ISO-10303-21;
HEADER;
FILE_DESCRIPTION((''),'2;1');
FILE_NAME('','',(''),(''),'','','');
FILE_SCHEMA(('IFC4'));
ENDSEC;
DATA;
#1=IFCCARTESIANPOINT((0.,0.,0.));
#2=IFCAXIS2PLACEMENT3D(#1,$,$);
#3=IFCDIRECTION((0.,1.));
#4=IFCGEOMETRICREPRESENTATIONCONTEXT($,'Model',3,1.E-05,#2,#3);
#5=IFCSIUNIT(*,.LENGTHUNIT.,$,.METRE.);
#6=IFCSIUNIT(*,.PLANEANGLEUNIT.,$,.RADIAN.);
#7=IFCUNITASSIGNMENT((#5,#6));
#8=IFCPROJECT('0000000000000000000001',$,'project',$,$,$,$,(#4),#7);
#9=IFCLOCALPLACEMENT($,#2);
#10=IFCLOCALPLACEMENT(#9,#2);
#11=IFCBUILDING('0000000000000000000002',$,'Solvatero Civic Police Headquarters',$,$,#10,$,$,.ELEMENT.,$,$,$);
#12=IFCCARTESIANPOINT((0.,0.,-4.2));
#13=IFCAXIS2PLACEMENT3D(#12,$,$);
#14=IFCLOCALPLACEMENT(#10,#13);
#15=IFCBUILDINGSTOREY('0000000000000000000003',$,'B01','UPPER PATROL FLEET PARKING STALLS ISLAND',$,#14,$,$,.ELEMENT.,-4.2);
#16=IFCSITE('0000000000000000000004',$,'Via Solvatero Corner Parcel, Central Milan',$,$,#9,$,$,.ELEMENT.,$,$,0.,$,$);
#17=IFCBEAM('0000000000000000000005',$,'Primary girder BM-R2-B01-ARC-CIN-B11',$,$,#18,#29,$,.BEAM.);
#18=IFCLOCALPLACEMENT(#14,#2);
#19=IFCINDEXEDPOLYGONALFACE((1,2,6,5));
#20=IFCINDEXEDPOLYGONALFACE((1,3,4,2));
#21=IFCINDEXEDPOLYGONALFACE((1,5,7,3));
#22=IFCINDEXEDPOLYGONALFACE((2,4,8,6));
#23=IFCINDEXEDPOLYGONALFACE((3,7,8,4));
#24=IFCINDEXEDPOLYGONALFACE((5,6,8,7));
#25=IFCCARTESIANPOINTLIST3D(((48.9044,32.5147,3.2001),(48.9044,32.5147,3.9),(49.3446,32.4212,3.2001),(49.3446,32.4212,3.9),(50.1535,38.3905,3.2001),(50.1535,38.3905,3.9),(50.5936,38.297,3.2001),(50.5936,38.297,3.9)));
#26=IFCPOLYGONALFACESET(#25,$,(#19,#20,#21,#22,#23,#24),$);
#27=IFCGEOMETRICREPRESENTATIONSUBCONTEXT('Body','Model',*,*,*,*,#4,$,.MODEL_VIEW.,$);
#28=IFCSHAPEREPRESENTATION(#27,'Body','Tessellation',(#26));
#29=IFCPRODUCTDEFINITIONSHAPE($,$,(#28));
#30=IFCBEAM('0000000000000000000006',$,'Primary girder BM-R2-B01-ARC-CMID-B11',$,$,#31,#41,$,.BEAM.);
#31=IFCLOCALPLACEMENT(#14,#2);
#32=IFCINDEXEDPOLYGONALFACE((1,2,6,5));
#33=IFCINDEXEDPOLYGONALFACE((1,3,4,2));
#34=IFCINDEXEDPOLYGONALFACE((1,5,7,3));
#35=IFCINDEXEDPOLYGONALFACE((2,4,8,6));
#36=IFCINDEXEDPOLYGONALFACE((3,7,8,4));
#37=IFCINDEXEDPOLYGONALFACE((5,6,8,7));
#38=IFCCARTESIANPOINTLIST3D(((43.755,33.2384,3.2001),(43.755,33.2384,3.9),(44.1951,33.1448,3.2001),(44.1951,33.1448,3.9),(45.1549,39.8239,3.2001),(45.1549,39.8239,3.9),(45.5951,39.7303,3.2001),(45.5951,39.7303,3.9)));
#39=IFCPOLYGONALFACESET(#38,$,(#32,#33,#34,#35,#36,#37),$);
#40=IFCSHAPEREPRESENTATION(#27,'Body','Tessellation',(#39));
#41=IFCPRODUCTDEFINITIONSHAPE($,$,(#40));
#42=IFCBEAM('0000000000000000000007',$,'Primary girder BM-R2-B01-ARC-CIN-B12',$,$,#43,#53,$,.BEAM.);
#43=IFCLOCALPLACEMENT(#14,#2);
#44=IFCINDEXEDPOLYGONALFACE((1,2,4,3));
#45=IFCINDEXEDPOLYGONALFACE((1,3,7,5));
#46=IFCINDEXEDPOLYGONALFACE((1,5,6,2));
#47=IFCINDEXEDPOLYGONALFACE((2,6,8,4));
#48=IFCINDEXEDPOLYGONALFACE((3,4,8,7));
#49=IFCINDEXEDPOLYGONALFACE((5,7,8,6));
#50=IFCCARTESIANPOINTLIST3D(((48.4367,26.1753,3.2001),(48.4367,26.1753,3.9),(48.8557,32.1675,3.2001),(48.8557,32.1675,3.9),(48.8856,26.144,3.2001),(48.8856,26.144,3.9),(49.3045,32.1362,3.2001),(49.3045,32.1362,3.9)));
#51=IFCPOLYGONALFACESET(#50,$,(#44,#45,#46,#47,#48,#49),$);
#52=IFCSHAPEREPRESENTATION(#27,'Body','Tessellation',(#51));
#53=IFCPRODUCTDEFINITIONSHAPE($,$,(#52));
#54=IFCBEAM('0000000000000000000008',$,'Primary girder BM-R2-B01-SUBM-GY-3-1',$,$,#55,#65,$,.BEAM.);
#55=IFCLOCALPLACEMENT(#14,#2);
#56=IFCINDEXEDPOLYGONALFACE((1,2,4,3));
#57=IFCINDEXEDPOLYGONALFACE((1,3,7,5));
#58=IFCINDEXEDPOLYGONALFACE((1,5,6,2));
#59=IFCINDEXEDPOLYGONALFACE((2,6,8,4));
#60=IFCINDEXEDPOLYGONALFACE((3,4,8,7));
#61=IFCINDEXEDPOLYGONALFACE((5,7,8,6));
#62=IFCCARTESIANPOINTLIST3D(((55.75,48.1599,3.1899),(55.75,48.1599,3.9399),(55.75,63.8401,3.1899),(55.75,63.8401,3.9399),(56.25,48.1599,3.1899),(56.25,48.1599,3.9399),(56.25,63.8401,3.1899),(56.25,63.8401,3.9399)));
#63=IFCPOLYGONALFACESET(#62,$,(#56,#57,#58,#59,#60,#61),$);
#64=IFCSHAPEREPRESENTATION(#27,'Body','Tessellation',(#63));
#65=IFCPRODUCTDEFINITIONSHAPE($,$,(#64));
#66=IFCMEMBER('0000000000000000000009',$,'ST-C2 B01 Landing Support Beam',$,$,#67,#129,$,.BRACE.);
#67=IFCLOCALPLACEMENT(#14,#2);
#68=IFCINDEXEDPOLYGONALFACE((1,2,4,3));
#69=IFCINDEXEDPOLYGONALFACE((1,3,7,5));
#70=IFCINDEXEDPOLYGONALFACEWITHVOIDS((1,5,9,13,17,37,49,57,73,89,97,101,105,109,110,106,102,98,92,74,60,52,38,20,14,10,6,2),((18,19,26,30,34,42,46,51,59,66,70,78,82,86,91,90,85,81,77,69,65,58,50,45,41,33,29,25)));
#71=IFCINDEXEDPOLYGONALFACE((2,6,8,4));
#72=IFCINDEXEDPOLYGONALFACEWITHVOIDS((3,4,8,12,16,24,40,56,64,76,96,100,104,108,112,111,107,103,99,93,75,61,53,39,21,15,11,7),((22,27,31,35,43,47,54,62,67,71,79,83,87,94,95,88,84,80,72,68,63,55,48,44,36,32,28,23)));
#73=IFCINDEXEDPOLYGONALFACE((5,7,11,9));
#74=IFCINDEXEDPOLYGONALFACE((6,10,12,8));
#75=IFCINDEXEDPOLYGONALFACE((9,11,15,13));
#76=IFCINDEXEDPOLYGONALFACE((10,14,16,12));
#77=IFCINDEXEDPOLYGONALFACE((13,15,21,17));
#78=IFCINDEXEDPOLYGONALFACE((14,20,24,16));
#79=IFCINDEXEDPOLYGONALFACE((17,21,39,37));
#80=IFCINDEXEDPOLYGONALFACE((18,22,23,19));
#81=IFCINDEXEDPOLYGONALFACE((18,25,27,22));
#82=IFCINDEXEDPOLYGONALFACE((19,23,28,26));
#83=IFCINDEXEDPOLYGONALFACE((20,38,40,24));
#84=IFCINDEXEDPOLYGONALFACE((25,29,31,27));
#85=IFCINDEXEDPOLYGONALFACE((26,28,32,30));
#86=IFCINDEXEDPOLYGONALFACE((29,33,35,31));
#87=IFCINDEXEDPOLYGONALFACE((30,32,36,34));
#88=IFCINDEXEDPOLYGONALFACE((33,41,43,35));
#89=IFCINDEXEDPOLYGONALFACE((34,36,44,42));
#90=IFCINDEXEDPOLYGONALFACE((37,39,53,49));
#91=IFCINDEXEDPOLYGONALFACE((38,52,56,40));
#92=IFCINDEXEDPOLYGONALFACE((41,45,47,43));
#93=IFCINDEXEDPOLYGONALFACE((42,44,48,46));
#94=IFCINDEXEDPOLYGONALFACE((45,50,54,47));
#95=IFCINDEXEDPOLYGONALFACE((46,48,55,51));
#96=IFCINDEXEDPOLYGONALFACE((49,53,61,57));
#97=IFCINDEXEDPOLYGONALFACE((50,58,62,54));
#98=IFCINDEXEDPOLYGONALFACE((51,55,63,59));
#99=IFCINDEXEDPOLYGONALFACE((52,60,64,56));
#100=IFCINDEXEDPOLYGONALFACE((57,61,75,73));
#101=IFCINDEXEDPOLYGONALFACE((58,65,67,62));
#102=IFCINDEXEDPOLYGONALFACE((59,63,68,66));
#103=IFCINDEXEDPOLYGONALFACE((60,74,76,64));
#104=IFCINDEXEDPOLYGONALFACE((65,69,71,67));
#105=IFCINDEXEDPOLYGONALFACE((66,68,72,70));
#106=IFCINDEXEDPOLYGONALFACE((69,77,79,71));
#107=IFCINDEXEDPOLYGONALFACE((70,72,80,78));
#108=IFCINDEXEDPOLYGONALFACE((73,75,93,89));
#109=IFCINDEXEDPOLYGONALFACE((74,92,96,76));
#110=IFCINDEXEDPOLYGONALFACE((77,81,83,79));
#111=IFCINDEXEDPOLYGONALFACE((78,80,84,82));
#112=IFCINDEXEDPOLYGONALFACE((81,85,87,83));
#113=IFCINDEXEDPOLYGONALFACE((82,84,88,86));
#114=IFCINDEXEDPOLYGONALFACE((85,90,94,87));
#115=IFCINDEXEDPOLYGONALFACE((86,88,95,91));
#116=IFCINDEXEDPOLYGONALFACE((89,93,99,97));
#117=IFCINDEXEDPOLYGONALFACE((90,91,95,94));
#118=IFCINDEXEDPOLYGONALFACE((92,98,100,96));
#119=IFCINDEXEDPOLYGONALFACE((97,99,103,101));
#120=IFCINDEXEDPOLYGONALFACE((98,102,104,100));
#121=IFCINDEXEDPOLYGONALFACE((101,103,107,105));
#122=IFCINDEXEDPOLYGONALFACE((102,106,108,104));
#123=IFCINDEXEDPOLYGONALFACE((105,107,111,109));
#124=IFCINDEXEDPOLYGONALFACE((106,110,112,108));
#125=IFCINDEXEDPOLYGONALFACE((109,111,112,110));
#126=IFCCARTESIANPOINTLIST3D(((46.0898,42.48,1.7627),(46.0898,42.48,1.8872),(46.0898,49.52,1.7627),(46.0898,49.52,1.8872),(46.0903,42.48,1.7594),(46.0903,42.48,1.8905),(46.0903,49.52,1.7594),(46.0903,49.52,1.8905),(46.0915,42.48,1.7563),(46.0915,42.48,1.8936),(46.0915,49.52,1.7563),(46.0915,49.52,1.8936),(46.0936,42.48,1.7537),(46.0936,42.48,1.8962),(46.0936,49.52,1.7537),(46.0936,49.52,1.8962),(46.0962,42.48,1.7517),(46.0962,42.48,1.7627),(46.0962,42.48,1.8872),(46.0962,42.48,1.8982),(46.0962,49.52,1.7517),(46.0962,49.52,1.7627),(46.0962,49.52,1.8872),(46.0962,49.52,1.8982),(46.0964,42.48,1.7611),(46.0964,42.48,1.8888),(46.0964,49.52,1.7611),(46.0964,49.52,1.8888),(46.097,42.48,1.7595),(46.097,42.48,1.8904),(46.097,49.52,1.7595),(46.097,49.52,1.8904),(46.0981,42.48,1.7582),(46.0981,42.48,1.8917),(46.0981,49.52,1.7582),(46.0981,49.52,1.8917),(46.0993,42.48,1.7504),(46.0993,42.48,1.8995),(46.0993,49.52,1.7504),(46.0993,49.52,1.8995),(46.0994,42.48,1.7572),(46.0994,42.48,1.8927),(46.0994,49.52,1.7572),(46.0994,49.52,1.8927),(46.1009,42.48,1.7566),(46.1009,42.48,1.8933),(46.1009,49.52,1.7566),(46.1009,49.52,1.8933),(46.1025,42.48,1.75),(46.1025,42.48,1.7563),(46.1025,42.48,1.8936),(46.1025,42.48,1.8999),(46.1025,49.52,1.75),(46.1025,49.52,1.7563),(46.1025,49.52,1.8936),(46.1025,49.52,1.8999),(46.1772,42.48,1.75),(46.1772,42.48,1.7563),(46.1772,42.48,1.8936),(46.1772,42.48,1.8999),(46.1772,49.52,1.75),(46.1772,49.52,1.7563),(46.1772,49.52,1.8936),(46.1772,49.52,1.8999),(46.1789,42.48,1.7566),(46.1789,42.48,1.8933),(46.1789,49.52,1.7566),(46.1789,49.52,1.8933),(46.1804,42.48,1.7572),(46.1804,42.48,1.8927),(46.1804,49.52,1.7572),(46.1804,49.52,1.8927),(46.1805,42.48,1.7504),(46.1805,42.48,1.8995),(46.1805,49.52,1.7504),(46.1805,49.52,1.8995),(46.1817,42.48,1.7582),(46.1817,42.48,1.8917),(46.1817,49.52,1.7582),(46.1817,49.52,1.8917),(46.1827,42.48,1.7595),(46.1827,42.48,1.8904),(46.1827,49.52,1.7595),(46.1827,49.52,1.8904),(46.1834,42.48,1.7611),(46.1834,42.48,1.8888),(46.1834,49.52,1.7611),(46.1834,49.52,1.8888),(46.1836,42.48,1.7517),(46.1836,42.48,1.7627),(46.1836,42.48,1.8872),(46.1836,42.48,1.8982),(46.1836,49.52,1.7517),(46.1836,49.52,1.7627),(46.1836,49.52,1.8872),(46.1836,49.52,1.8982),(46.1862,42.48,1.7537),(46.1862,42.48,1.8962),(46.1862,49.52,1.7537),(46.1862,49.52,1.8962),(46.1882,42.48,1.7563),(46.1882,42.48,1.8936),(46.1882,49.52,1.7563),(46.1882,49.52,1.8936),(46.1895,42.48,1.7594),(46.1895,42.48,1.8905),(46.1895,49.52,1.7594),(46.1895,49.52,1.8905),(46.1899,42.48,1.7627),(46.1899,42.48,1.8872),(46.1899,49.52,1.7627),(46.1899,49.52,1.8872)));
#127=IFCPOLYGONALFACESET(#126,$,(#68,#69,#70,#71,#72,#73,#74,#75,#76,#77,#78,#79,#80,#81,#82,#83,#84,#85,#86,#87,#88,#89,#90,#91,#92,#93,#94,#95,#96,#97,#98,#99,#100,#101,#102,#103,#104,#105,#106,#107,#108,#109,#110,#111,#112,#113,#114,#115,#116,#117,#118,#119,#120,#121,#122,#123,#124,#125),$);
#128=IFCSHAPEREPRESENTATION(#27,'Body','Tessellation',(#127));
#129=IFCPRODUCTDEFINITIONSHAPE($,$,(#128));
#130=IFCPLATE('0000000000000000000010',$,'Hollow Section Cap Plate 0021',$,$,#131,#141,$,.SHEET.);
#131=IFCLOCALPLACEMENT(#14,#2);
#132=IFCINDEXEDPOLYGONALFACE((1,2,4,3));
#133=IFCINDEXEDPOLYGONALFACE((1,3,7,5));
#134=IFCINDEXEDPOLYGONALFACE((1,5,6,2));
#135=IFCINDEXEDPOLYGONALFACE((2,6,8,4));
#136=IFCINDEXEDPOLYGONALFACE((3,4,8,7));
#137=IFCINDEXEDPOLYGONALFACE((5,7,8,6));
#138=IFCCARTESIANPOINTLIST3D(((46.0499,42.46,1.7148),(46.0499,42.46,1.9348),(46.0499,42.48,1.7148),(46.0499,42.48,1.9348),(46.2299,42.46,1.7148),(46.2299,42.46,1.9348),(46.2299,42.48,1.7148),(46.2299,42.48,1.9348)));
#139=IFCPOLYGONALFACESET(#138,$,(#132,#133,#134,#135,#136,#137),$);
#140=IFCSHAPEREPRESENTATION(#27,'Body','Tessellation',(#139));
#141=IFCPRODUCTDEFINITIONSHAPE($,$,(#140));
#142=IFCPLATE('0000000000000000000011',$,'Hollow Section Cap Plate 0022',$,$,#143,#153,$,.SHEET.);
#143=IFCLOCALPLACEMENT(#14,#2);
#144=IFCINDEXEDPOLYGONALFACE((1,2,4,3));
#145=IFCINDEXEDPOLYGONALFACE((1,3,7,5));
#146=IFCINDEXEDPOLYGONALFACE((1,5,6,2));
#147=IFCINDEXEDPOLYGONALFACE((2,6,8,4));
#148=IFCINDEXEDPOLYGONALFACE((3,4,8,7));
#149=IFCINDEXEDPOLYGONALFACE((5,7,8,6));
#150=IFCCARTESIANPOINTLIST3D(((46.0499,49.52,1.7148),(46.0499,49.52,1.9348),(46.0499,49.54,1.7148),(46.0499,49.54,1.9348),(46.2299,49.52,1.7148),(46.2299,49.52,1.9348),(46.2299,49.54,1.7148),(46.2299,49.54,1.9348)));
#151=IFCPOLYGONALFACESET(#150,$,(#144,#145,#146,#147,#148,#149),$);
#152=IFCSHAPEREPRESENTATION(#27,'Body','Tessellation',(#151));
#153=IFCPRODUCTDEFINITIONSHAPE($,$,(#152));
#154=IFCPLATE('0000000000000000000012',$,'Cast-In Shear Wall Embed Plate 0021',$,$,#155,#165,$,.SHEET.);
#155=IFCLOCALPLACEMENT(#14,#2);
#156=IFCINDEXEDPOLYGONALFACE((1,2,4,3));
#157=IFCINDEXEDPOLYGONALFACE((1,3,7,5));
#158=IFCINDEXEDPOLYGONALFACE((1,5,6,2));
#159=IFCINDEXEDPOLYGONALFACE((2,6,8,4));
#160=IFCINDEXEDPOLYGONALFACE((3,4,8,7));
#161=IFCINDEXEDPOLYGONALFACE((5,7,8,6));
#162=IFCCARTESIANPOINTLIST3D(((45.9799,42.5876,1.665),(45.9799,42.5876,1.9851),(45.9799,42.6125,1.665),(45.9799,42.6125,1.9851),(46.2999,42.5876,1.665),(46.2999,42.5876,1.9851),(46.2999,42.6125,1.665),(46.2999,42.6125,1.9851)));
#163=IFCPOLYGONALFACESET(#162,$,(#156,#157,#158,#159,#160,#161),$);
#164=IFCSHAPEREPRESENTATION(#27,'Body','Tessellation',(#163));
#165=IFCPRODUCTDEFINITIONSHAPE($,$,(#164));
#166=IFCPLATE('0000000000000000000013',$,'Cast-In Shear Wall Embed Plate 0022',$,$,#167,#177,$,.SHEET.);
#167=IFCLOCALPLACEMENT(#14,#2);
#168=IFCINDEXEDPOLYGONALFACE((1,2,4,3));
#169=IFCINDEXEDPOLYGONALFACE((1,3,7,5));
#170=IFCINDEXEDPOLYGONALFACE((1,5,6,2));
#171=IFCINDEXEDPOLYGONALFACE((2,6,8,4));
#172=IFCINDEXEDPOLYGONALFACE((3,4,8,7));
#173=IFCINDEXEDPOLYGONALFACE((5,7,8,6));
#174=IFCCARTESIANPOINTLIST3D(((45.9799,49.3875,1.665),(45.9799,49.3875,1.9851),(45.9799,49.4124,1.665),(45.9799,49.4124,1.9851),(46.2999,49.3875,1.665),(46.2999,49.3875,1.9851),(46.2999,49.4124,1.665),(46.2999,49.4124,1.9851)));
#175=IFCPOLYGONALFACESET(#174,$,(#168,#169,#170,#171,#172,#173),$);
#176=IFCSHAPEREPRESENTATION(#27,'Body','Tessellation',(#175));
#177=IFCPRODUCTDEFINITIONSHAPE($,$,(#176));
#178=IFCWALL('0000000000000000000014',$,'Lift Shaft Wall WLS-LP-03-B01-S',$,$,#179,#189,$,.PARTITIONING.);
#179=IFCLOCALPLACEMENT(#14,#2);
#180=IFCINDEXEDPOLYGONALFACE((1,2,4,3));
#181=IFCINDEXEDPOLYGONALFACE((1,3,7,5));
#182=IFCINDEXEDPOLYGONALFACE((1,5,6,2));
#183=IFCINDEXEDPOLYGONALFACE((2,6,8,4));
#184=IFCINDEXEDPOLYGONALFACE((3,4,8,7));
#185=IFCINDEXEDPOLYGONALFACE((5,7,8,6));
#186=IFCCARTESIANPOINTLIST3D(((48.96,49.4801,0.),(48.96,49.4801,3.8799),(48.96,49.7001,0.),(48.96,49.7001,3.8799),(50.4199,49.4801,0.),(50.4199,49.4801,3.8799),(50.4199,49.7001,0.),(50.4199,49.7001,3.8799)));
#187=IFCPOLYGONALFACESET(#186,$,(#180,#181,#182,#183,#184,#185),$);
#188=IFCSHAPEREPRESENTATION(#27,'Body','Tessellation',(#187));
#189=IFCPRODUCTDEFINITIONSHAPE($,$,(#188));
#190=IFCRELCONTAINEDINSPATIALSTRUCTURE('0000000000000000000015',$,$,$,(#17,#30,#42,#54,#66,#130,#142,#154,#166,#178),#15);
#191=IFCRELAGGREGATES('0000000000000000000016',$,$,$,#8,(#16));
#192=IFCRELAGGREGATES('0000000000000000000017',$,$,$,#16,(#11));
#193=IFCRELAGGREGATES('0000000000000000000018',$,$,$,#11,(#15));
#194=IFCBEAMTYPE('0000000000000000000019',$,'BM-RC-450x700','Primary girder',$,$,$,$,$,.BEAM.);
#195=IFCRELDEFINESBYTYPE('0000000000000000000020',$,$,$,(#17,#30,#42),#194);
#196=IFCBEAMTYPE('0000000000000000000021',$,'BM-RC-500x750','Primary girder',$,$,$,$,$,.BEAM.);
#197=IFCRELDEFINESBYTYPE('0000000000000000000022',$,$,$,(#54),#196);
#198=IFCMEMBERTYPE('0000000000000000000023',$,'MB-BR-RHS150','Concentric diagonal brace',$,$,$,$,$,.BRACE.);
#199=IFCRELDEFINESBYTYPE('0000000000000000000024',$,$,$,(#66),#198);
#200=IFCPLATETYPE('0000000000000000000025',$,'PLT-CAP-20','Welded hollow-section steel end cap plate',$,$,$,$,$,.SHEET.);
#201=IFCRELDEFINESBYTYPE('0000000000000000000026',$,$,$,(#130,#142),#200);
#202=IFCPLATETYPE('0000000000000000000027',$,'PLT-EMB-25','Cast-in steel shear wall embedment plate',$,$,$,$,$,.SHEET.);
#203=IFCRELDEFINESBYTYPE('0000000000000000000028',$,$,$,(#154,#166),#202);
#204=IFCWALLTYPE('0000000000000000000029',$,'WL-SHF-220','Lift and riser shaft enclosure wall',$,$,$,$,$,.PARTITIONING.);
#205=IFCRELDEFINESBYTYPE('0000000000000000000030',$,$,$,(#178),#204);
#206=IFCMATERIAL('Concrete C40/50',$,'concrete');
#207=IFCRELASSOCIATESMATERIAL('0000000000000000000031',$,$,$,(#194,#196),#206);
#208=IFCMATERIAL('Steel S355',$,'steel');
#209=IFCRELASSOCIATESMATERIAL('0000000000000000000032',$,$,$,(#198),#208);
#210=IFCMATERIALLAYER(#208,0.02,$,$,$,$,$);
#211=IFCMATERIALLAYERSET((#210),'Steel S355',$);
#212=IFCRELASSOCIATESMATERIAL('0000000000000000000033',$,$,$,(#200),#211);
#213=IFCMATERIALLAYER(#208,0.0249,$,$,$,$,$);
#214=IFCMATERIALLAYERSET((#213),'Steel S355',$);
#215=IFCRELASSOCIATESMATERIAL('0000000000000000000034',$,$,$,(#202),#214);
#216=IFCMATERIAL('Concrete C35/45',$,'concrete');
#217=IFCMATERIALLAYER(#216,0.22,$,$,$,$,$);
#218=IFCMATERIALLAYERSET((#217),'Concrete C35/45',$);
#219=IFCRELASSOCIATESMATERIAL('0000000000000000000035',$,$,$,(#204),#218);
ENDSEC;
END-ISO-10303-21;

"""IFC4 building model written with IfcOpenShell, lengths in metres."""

from ifc_helpers import new_model, si_unit, direction, frame, frame_2d, origin, origin_2d, place, context, subcontext, project, spatial, rectangle, hollow_rectangle, extrude, material, layer, layer_set, material_profile, profile_set, type_object, element, save


model = new_model("IFC4")

# Units and contexts
model_context = context("Model", 3, precision=1e-05, world=origin(), true_north=direction((0.0, 1.0)))
body_context = subcontext(model_context, "Body", "Model", "MODEL_VIEW")
ifc_project = project(units=[si_unit("LENGTHUNIT", "METRE"), si_unit("PLANEANGLEUNIT", "RADIAN")], contexts=[model_context])

# Site, building, storey
site_placement = place(None, origin())
site = spatial("IfcSite", under=ifc_project, at=site_placement, Name="Via Solvatero Corner Parcel, Central Milan", CompositionType="ELEMENT", RefElevation=0.0)
building_placement = place(site_placement, origin())
building = spatial("IfcBuilding", under=site, at=building_placement, Name="Solvatero Civic Police Headquarters", CompositionType="ELEMENT")
storey_placement = place(building_placement, frame((0.0, 0.0, -4.2)))
storey = spatial("IfcBuildingStorey", under=building, at=storey_placement, Name="B01", Description="UPPER PATROL FLEET PARKING STALLS ISLAND", CompositionType="ELEMENT", Elevation=-4.2)

# Shared definitions
ifc_material_1 = material(Name="Concrete C40/50", Category="concrete")

# Beams
ifc_material_profile_1 = material_profile(ifc_material_1, rectangle(XDim=0.45, YDim=0.7, at=origin_2d()), Name="RC 450x700")
ifc_profile_set_1 = profile_set([ifc_material_profile_1], Name="Concrete C40/50")
beam_type_1 = type_object("IfcBeamType", Name="BM-RC-450x700", Description="Primary girder", PredefinedType="BEAM", material=ifc_profile_set_1)
beam_1_placement = place(storey_placement, frame((50.3735, 38.3438, 3.55), z_axis=(-0.207927, -0.978144, 0.0), x_axis=(0.978144, -0.207927, 0.0)))
element("IfcBeam", 1, at=beam_1_placement, inside=storey, type_object=beam_type_1, Name="Primary girder BM-R2-B01-ARC-CIN-B11", PredefinedType="BEAM", context=body_context, shape_type="SweptSolid", body=[
    extrude(rectangle(XDim=0.45, YDim=0.7, at=origin_2d()), origin(), (0.0, 0.0, 1.0), 6.0071),
])
beam_2_placement = place(storey_placement, frame((45.375, 39.7771, 3.55), z_axis=(-0.207929, -0.978144, 0.0), x_axis=(0.978144, -0.207929, 0.0)))
element("IfcBeam", 2, at=beam_2_placement, inside=storey, type_object=beam_type_1, Name="Primary girder BM-R2-B01-ARC-CMID-B11", PredefinedType="BEAM", context=body_context, shape_type="SweptSolid", body=[
    extrude(rectangle(XDim=0.45, YDim=0.7, at=origin_2d()), origin(), (0.0, 0.0, 1.0), 6.7327),
])
beam_3_placement = place(storey_placement, frame((49.0801, 32.1519, 3.55), z_axis=(-0.069745, -0.997565, 0.0), x_axis=(0.997565, -0.069745, 0.0)))
element("IfcBeam", 3, at=beam_3_placement, inside=storey, type_object=beam_type_1, Name="Primary girder BM-R2-B01-ARC-CIN-B12", PredefinedType="BEAM", context=body_context, shape_type="SweptSolid", body=[
    extrude(rectangle(XDim=0.45, YDim=0.7, at=origin_2d()), origin(), (0.0, 0.0, 1.0), 6.0068),
])
ifc_material_profile_2 = material_profile(ifc_material_1, rectangle(XDim=0.5, YDim=0.75, at=origin_2d()), Name="RC 500x750")
ifc_profile_set_2 = profile_set([ifc_material_profile_2], Name="Concrete C40/50")
beam_type_2 = type_object("IfcBeamType", Name="BM-RC-500x750", Description="Primary girder", PredefinedType="BEAM", material=ifc_profile_set_2)
beam_4_placement = place(storey_placement, frame((56.0, 48.1599, 3.5649), z_axis=(0.0, 1.0, 0.0), x_axis=(-1.0, 0.0, 0.0)))
element("IfcBeam", 4, at=beam_4_placement, inside=storey, type_object=beam_type_2, Name="Primary girder BM-R2-B01-SUBM-GY-3-1", PredefinedType="BEAM", context=body_context, shape_type="SweptSolid", body=[
    extrude(rectangle(XDim=0.5, YDim=0.75, at=origin_2d()), origin(), (0.0, 0.0, 1.0), 15.6802),
])

# Member
ifc_material_2 = material(Name="Steel S355", Category="steel")
ifc_material_profile_3 = material_profile(ifc_material_2, hollow_rectangle(XDim=0.1001, YDim=0.1499, WallThickness=0.0063, InnerFilletRadius=0.0063, OuterFilletRadius=0.0127, at=origin_2d()), Name="RHS 150x100x6.3")
ifc_profile_set_3 = profile_set([ifc_material_profile_3], Name="Steel S355")
member_type = type_object("IfcMemberType", Name="MB-BR-RHS150", Description="Concentric diagonal brace", PredefinedType="BRACE", material=ifc_profile_set_3)
member_placement = place(storey_placement, frame((46.1399, 42.48, 1.825), z_axis=(0.0, 1.0, 0.0), x_axis=(-1.0, 0.0, 0.0)))
element("IfcMember", 5, at=member_placement, inside=storey, type_object=member_type, Name="ST-C2 B01 Landing Support Beam", PredefinedType="BRACE", context=body_context, shape_type="SweptSolid", body=[
    extrude(hollow_rectangle(XDim=0.1001, YDim=0.1499, WallThickness=0.0063, InnerFilletRadius=0.0063, OuterFilletRadius=0.0127, at=origin_2d()), origin(), (0.0, 0.0, 1.0), 7.04),
])

# Plates
ifc_layer_1 = layer(ifc_material_2, 0.02)
ifc_layer_set_1 = layer_set([ifc_layer_1], Name="Steel S355")
plate_type_1 = type_object("IfcPlateType", Name="PLT-CAP-20", Description="Welded hollow-section steel end cap plate", PredefinedType="SHEET", material=ifc_layer_set_1)
for number, where, z_axis, x_axis, name in (
    (6, (46.1399, 42.47, 1.7148), (0.0, 0.0, 1.0), (1.0, 0.0, 0.0), "Hollow Section Cap Plate 0021"),
    (7, (46.1399, 49.53, 1.7148), (0.0, 0.0, 1.0), (1.0, 0.0, 0.0), "Hollow Section Cap Plate 0022"),
):
    element("IfcPlate", number, at=place(storey_placement, frame(where, z_axis=z_axis, x_axis=x_axis)), inside=storey, type_object=plate_type_1, Name=name, PredefinedType="SHEET", context=body_context, shape_type="SweptSolid", body=[
        extrude(rectangle(XDim=0.1799, YDim=0.02, at=origin_2d()), origin(), (0.0, 0.0, 1.0), 0.22),
    ])
ifc_layer_2 = layer(ifc_material_2, 0.0249)
ifc_layer_set_2 = layer_set([ifc_layer_2], Name="Steel S355")
plate_type_2 = type_object("IfcPlateType", Name="PLT-EMB-25", Description="Cast-in steel shear wall embedment plate", PredefinedType="SHEET", material=ifc_layer_set_2)
for number, where, z_axis, x_axis, name in (
    (8, (46.1399, 42.6001, 1.665), (0.0, 0.0, 1.0), (1.0, 0.0, 0.0), "Cast-In Shear Wall Embed Plate 0021"),
    (9, (46.1399, 49.3999, 1.665), (0.0, 0.0, 1.0), (1.0, 0.0, 0.0), "Cast-In Shear Wall Embed Plate 0022"),
):
    element("IfcPlate", number, at=place(storey_placement, frame(where, z_axis=z_axis, x_axis=x_axis)), inside=storey, type_object=plate_type_2, Name=name, PredefinedType="SHEET", context=body_context, shape_type="SweptSolid", body=[
        extrude(rectangle(XDim=0.3201, YDim=0.0249, at=origin_2d()), origin(), (0.0, 0.0, 1.0), 0.3201),
    ])

# Wall
ifc_material_3 = material(Name="Concrete C35/45", Category="concrete")
ifc_layer_3 = layer(ifc_material_3, 0.22)
ifc_layer_set_3 = layer_set([ifc_layer_3], Name="Concrete C35/45")
wall_type_1 = type_object("IfcWallType", Name="WL-SHF-220", Description="Lift and riser shaft enclosure wall", PredefinedType="PARTITIONING", material=ifc_layer_set_3)
wall_1_placement = place(storey_placement, frame((48.96, 49.5901, 0.0), z_axis=(0.0, 0.0, 1.0), x_axis=(1.0, 0.0, 0.0)))
element("IfcWall", 10, at=wall_1_placement, inside=storey, type_object=wall_type_1, Name="Lift Shaft Wall WLS-LP-03-B01-S", PredefinedType="PARTITIONING", context=body_context, shape_type="SweptSolid", body=[
    extrude(rectangle(XDim=1.46, YDim=0.22, at=frame_2d((0.73, 0.0))), origin(), (0.0, 0.0, 1.0), 3.8799),
])

save(model, "model.ifc")
